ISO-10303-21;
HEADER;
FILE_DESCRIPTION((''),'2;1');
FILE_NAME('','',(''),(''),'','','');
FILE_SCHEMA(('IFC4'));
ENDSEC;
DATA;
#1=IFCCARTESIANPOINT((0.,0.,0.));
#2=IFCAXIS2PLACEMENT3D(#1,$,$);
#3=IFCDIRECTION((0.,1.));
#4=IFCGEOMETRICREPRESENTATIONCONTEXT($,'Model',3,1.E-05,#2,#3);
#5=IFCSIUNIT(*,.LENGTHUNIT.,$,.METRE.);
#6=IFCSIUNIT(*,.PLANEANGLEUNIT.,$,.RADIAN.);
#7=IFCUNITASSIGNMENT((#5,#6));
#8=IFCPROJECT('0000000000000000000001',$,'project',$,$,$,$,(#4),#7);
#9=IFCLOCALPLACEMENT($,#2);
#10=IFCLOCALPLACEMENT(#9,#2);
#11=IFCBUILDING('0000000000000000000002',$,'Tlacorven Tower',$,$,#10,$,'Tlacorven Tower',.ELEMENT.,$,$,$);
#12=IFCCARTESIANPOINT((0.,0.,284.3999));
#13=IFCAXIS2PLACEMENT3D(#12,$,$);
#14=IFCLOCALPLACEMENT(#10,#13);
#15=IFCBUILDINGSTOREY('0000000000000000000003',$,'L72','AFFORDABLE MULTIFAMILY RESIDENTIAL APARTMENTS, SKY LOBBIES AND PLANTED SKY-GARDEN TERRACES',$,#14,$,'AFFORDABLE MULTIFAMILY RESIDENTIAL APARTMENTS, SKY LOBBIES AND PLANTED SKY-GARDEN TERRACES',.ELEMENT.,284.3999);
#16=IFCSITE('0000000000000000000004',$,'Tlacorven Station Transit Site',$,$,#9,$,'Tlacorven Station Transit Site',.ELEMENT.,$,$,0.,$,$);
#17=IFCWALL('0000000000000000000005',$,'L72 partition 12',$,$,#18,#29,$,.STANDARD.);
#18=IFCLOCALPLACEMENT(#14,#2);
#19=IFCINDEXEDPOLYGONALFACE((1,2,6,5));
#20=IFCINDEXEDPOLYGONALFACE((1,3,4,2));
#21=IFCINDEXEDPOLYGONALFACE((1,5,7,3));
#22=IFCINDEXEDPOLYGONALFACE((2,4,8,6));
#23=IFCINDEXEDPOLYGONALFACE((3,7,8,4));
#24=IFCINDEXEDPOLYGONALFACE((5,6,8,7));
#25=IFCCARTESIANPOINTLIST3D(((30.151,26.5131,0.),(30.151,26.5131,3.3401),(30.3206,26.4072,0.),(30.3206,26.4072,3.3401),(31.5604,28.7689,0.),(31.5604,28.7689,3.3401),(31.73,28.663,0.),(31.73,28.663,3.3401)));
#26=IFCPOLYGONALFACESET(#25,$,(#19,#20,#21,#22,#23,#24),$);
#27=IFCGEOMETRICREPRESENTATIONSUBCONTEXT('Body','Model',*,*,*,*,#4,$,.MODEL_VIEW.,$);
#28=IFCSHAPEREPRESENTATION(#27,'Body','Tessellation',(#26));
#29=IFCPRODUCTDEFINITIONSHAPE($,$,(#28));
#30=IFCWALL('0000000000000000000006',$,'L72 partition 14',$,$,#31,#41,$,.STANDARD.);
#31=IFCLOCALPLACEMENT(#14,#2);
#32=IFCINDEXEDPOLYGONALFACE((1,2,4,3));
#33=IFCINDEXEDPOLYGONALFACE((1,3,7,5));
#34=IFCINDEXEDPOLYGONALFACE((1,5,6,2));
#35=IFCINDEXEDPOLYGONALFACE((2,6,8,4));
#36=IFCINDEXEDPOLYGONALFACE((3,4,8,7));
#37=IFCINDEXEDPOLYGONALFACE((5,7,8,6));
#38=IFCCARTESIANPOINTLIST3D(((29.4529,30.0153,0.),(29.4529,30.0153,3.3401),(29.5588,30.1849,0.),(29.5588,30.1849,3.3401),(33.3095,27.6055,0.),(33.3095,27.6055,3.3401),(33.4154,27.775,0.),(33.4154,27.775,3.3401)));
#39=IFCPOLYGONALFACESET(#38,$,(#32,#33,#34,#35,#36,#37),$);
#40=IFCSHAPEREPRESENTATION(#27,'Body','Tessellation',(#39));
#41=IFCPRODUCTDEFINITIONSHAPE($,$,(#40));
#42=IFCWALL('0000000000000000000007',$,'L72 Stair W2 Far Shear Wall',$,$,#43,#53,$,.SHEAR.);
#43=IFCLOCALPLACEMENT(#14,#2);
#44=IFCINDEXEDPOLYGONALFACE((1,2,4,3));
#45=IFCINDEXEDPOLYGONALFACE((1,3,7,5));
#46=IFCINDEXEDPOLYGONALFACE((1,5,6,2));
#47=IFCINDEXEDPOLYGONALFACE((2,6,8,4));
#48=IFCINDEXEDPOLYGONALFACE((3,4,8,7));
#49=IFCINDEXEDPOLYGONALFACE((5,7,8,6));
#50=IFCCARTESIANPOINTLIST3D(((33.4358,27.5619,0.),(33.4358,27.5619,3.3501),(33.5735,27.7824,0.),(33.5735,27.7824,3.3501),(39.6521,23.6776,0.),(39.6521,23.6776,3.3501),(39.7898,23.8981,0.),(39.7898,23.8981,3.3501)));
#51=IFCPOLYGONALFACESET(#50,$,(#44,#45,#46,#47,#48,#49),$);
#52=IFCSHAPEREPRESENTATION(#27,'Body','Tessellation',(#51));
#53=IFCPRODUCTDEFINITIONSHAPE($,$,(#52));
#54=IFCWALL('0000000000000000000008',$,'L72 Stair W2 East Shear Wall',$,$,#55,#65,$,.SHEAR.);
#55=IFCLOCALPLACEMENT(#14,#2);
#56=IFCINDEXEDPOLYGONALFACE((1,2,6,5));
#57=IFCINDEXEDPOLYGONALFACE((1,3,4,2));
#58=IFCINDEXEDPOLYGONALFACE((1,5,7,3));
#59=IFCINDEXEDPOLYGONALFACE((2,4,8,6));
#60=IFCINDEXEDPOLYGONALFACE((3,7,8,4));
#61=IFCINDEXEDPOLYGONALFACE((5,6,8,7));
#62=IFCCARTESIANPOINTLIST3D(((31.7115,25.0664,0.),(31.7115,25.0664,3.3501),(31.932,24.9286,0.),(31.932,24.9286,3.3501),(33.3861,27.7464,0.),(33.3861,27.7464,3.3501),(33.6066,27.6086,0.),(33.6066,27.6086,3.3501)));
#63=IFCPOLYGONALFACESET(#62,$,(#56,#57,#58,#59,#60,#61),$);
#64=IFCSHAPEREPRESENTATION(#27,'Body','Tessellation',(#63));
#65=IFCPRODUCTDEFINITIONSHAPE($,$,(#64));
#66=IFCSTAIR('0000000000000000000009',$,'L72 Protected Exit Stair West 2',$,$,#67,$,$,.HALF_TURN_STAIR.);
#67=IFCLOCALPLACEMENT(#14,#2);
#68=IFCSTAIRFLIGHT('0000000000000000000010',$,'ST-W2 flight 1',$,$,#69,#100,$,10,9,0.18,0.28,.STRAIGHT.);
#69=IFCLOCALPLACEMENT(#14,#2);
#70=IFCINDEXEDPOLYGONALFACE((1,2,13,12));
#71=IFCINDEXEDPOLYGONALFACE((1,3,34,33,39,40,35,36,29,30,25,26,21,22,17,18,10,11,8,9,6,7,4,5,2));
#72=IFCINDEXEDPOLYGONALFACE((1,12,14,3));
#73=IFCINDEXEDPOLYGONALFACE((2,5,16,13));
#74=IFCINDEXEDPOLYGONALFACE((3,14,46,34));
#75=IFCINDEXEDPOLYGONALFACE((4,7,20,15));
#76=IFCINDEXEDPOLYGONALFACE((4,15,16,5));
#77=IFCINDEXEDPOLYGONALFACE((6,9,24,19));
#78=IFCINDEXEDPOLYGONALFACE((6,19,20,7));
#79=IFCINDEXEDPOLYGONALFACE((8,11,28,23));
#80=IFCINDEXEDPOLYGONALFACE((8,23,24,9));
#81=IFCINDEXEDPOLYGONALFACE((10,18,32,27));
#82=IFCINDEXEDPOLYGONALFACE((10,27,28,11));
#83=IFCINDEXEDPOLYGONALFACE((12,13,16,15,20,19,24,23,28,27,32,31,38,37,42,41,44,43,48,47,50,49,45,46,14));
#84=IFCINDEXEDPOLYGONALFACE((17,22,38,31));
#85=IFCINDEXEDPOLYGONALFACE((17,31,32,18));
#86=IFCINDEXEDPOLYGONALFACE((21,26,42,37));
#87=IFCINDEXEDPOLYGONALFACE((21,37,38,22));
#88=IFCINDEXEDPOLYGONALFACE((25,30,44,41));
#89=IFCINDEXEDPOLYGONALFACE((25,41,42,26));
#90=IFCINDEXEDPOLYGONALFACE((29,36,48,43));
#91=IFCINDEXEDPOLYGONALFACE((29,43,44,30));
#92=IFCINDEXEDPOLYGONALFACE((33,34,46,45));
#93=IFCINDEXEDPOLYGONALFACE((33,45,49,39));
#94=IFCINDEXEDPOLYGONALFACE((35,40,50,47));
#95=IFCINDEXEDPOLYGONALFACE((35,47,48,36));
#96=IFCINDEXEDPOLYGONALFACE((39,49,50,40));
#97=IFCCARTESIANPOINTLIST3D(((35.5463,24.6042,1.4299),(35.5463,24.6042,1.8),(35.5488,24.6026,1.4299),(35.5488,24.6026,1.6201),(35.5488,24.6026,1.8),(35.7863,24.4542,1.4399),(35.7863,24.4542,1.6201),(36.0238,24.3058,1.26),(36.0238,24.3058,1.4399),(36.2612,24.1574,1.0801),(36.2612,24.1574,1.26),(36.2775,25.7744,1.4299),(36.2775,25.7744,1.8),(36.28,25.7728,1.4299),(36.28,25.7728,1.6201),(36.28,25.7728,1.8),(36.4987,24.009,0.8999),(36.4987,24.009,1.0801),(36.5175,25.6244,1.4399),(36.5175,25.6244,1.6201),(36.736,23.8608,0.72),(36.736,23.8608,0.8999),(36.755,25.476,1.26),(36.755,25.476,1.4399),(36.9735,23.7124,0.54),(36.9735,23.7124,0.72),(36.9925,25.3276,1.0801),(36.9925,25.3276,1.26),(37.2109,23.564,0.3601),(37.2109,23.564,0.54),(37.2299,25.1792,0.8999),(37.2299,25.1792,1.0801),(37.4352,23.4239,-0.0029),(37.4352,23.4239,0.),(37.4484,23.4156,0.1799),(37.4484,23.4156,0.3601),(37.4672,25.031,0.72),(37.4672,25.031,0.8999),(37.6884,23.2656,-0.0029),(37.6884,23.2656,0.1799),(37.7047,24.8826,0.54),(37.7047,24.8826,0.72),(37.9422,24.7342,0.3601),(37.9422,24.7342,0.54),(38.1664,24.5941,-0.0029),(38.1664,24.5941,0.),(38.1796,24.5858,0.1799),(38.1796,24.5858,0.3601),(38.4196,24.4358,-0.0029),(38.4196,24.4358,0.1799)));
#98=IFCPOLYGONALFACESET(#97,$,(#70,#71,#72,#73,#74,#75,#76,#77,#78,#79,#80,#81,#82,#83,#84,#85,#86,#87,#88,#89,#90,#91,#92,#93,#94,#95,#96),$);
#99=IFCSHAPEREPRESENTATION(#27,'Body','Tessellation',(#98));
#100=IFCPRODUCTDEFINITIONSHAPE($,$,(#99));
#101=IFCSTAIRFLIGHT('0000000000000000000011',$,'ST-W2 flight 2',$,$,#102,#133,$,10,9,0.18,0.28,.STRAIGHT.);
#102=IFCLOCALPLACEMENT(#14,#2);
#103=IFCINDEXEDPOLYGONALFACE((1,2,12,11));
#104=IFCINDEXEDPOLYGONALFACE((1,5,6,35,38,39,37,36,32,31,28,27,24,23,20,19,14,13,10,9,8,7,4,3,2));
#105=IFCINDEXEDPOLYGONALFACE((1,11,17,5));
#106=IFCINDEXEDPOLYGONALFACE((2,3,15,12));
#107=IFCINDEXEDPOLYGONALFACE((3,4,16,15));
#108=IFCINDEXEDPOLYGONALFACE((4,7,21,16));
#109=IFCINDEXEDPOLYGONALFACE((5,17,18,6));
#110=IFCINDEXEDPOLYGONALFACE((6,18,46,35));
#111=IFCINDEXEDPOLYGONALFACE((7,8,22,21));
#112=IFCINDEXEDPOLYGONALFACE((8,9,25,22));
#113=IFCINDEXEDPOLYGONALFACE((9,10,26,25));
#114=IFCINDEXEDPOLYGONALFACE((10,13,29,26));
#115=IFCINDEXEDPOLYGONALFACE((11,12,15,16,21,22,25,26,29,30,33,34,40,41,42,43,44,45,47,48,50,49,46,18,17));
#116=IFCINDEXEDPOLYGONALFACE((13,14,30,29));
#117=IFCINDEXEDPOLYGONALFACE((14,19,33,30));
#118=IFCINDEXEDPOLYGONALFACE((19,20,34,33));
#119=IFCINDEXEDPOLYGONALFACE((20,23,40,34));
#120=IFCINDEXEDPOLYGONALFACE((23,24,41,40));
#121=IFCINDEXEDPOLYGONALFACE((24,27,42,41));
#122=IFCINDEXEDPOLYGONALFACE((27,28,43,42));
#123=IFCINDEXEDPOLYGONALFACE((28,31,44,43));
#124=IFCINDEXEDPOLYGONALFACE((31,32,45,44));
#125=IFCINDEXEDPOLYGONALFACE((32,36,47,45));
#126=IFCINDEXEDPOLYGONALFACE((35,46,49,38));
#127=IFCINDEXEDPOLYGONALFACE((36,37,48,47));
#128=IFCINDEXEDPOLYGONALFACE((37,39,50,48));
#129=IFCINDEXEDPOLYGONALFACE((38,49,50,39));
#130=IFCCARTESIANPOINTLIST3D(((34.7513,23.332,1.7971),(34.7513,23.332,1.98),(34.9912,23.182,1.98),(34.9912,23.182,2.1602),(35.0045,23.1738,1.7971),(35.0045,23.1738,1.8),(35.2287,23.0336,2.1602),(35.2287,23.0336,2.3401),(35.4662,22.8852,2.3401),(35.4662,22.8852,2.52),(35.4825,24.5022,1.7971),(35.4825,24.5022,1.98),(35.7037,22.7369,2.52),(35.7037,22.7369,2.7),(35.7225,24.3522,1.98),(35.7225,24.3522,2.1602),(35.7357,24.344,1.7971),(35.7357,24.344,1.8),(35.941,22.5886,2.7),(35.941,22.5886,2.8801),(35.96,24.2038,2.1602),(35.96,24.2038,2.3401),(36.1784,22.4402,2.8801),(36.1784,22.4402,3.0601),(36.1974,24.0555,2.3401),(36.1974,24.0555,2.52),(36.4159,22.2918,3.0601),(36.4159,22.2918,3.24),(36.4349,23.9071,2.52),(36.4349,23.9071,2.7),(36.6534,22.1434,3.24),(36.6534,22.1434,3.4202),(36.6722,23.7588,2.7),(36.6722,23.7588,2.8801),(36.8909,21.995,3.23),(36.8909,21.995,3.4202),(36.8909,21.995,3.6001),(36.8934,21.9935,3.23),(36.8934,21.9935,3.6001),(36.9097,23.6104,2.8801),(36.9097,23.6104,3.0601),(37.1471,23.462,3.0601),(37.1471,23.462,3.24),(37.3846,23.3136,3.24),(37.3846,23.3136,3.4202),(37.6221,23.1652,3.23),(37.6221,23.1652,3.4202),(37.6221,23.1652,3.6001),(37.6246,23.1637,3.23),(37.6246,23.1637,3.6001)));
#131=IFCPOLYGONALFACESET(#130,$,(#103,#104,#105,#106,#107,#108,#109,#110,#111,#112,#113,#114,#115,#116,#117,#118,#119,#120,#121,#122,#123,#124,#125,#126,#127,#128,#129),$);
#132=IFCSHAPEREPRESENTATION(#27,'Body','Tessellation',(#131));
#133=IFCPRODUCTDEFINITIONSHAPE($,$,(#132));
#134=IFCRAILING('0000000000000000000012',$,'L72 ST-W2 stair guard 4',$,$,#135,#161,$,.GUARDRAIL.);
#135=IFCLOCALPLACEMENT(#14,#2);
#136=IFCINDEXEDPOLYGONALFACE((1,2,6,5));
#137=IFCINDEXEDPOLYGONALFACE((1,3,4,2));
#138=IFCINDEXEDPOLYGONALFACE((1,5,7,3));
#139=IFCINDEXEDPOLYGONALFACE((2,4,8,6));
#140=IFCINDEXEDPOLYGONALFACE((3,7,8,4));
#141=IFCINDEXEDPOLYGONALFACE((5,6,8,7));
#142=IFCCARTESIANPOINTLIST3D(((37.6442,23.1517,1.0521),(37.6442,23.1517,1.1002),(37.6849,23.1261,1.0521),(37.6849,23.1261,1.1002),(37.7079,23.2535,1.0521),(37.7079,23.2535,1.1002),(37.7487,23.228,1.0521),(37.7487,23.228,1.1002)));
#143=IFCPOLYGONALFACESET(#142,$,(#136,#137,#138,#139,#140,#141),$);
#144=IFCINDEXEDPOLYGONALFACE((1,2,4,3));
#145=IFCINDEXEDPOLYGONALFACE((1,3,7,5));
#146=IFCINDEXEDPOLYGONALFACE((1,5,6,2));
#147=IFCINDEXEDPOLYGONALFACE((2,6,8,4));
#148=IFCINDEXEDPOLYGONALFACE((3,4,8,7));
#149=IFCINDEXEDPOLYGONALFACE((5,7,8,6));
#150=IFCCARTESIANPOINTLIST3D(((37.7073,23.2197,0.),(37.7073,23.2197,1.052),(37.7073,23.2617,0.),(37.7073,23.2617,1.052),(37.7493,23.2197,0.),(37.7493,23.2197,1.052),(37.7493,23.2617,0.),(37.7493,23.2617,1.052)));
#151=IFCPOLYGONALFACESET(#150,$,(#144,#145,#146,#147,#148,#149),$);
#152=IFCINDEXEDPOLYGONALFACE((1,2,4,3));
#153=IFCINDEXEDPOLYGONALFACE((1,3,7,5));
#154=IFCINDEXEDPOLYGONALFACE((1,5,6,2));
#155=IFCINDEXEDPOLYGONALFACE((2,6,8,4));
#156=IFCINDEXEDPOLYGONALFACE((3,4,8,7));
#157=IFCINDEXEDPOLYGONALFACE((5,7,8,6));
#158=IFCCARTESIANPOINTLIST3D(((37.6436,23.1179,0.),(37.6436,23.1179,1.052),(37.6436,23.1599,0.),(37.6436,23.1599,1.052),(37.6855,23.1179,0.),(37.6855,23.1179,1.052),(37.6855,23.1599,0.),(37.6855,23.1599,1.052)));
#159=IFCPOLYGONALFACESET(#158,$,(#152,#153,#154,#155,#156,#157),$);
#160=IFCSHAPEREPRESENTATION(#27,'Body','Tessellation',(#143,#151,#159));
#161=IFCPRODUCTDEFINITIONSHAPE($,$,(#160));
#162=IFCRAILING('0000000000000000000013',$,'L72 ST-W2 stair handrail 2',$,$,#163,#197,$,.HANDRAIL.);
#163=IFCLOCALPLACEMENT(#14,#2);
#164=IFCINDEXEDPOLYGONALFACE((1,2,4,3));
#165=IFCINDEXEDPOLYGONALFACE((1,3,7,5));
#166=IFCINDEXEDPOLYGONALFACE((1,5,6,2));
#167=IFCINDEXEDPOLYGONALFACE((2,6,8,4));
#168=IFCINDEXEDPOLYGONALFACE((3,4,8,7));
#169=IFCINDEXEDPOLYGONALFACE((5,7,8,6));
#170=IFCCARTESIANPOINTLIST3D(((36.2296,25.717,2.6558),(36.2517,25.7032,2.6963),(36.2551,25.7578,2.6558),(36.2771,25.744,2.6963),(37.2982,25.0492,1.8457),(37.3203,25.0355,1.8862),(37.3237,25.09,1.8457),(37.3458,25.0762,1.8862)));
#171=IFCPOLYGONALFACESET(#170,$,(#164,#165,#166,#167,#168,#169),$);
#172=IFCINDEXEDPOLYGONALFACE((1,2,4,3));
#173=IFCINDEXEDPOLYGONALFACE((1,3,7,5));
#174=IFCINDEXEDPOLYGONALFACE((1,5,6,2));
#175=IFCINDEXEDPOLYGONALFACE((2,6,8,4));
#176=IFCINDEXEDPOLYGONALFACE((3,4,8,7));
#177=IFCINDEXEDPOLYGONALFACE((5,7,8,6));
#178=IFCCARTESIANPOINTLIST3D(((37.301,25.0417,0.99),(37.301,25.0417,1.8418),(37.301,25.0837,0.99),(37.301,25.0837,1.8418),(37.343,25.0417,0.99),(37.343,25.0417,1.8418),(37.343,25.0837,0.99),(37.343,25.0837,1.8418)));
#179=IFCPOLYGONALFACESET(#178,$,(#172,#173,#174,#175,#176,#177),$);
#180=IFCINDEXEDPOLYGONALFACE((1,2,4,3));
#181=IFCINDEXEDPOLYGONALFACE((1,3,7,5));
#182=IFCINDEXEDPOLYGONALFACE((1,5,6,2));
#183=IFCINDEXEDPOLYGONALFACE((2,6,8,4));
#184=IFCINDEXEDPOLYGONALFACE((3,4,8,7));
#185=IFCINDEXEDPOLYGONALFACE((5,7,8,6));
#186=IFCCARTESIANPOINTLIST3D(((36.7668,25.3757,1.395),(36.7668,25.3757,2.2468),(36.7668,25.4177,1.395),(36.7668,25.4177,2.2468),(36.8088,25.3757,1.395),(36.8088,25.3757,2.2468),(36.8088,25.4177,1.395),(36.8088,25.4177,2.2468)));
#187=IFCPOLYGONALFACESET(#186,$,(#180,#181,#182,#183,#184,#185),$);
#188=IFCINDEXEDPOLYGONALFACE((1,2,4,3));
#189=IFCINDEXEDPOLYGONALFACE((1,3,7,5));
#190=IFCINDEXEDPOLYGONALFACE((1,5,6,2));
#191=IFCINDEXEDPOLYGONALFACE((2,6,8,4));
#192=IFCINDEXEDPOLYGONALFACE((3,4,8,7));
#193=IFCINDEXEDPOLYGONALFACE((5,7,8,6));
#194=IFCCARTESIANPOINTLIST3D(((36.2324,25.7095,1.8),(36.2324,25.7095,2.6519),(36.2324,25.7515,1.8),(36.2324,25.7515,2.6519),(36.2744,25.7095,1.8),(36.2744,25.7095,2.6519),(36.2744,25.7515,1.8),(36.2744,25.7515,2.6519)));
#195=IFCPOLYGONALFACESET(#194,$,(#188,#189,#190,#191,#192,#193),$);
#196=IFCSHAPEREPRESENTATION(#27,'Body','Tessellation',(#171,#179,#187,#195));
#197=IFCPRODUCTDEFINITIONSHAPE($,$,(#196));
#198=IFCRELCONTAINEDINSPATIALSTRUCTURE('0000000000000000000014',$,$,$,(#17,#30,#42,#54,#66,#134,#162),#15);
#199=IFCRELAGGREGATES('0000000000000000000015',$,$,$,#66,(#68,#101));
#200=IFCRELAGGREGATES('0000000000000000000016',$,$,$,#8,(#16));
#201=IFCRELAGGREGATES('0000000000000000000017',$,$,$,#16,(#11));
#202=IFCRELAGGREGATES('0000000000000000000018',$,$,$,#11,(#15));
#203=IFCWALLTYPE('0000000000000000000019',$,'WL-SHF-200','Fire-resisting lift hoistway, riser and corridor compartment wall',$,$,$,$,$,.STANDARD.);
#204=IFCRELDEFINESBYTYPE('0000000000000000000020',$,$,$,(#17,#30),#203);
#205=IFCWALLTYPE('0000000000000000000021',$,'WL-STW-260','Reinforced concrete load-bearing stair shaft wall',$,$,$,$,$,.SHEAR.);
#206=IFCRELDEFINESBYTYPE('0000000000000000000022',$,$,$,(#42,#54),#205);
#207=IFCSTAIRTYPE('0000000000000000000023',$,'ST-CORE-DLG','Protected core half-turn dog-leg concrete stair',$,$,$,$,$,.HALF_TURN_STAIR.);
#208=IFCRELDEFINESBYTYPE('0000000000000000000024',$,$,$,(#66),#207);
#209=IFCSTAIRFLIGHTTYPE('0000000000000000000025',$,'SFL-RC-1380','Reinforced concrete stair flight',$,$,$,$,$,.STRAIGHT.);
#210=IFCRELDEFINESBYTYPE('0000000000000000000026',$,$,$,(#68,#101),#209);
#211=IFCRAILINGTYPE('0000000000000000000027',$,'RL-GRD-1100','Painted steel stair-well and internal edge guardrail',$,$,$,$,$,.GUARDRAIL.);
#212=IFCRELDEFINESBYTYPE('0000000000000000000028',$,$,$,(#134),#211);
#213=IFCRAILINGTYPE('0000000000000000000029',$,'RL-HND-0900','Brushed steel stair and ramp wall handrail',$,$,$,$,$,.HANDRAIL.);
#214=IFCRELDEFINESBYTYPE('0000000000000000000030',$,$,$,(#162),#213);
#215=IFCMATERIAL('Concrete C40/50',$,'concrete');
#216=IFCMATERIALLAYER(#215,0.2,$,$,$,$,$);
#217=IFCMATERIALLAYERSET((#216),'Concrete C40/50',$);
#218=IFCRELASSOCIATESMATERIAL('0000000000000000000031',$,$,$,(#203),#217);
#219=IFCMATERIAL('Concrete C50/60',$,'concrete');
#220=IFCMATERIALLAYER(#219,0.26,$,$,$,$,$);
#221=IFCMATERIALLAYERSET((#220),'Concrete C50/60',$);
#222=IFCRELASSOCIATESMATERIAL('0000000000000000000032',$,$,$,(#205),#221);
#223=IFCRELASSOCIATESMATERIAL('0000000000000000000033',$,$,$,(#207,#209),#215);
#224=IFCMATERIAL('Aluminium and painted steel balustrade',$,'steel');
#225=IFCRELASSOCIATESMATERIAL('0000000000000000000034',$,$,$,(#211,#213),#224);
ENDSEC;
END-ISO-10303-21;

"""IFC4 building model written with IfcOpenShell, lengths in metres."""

from ifc_helpers import new_model, si_unit, direction, frame, frame_2d, origin, origin_2d, place, context, subcontext, project, spatial, polyline, rectangle, outline, extrude, source, transform, mapped, material, layer, layer_set, type_object, element, aggregate, save


model = new_model("IFC4")

# Units and contexts
model_context = context("Model", 3, precision=1e-05, world=origin(), true_north=direction((0.0, 1.0)))
body_context = subcontext(model_context, "Body", "Model", "MODEL_VIEW")
ifc_project = project(units=[si_unit("LENGTHUNIT", "METRE"), si_unit("PLANEANGLEUNIT", "RADIAN")], contexts=[model_context])

# Site, building, storey
site_placement = place(None, origin())
site = spatial("IfcSite", under=ifc_project, at=site_placement, Name="Tlacorven Station Transit Site", LongName="Tlacorven Station Transit Site", CompositionType="ELEMENT", RefElevation=0.0)
building_placement = place(site_placement, origin())
building = spatial("IfcBuilding", under=site, at=building_placement, Name="Tlacorven Tower", LongName="Tlacorven Tower", CompositionType="ELEMENT")
storey_placement = place(building_placement, frame((0.0, 0.0, 284.3999)))
storey = spatial("IfcBuildingStorey", under=building, at=storey_placement, Name="L72", Description="AFFORDABLE MULTIFAMILY RESIDENTIAL APARTMENTS, SKY LOBBIES AND PLANTED SKY-GARDEN TERRACES", LongName="AFFORDABLE MULTIFAMILY RESIDENTIAL APARTMENTS, SKY LOBBIES AND PLANTED SKY-GARDEN TERRACES", CompositionType="ELEMENT", Elevation=284.3999)

# Shared definitions
ifc_material_1 = material(Name="Concrete C40/50", Category="concrete")
ifc_layer_1 = layer(ifc_material_1, 0.2)
ifc_layer_set_1 = layer_set([ifc_layer_1], Name="Concrete C40/50")
wall_type_1 = type_object("IfcWallType", Name="WL-SHF-200", Description="Fire-resisting lift hoistway, riser and corridor compartment wall", PredefinedType="STANDARD", material=ifc_layer_set_1)

# Walls
wall_1_placement = place(storey_placement, frame((31.6453, 28.7161, 0.0), z_axis=(0.0, 0.0, 1.0), x_axis=(-0.529867, -0.848081, 0.0)))
element("IfcWall", 1, at=wall_1_placement, inside=storey, type_object=wall_type_1, Name="L72 partition 12", PredefinedType="STANDARD", context=body_context, shape_type="SweptSolid", body=[
    extrude(rectangle(XDim=2.6599, YDim=0.2, at=frame_2d((1.3301, 0.0))), origin(), (0.0, 0.0, 1.0), 3.3401),
])
wall_2_placement = place(storey_placement, frame((33.3625, 27.6902, 0.0), z_axis=(0.0, 0.0, 1.0), x_axis=(-0.84805, 0.529917, 0.0)))
element("IfcWall", 2, at=wall_2_placement, inside=storey, type_object=wall_type_1, Name="L72 partition 14", PredefinedType="STANDARD", context=body_context, shape_type="SweptSolid", body=[
    extrude(rectangle(XDim=4.5476, YDim=0.2, at=frame_2d((2.2739, 0.0))), origin(), (0.0, 0.0, 1.0), 3.3401),
])
ifc_material_2 = material(Name="Concrete C50/60", Category="concrete")
ifc_layer_2 = layer(ifc_material_2, 0.26)
ifc_layer_set_2 = layer_set([ifc_layer_2], Name="Concrete C50/60")
wall_type_2 = type_object("IfcWallType", Name="WL-STW-260", Description="Reinforced concrete load-bearing stair shaft wall", PredefinedType="SHEAR", material=ifc_layer_set_2)
wall_3_placement = place(storey_placement, frame((39.7209, 23.7878, 0.0), z_axis=(0.0, 0.0, 1.0), x_axis=(-0.848054, 0.529909, 0.0)))
element("IfcWall", 3, at=wall_3_placement, inside=storey, type_object=wall_type_2, Name="L72 Stair W2 Far Shear Wall", PredefinedType="SHEAR", context=body_context, shape_type="SweptSolid", body=[
    extrude(rectangle(XDim=7.3301, YDim=0.26, at=frame_2d((3.665, 0.0))), origin(), (0.0, 0.0, 1.0), 3.3501),
])
wall_4_placement = place(storey_placement, frame((33.4963, 27.6775, 0.0), z_axis=(0.0, 0.0, 1.0), x_axis=(-0.529909, -0.848055, 0.0)))
element("IfcWall", 4, at=wall_4_placement, inside=storey, type_object=wall_type_2, Name="L72 Stair W2 East Shear Wall", PredefinedType="SHEAR", context=body_context, shape_type="SweptSolid", body=[
    extrude(rectangle(XDim=3.1602, YDim=0.26, at=frame_2d((1.5801, 0.0))), origin(), (0.0, 0.0, 1.0), 3.3501),
])

# Stair, stair flights
stair_type = type_object("IfcStairType", Name="ST-CORE-DLG", Description="Protected core half-turn dog-leg concrete stair", PredefinedType="HALF_TURN_STAIR", material=ifc_material_1)
stair_placement = place(storey_placement, origin())
stair = element("IfcStair", 5, at=stair_placement, inside=storey, type_object=stair_type, Name="L72 Protected Exit Stair West 2", PredefinedType="HALF_TURN_STAIR")
stair_flight_type = type_object("IfcStairFlightType", Name="SFL-RC-1380", Description="Reinforced concrete stair flight", PredefinedType="STRAIGHT", material=ifc_material_1)
shared_shape_1 = source(origin(), body_context, "Body", "SweptSolid", [
    extrude(outline(polyline([(-0.0029, -0.0029), (-0.0029, 0.1799), (0.28, 0.1799), (0.28, 0.3601), (0.5601, 0.3601), (0.5601, 0.54), (0.8401, 0.54), (0.8401, 0.72), (1.1201, 0.72), (1.1201, 0.8999), (1.3999, 0.8999), (1.3999, 1.0801), (1.6799, 1.0801), (1.6799, 1.26), (1.96, 1.26), (1.96, 1.4399), (2.24, 1.4399), (2.24, 1.6201), (2.52, 1.6201), (2.52, 1.8), (2.5229, 1.8), (2.5229, 1.4299), (2.52, 1.4299), (0.2957, 0.0), (0.2957, -0.0029), (-0.0029, -0.0029)])), frame((0.0, 0.6899, 0.0), z_axis=(0.0, -1.0, 0.0), x_axis=(1.0, 0.0, 0.0)), (0.0, 0.0, 1.0), 1.3799),
])
stair_flight_1_placement = place(storey_placement, frame((38.0515, 23.8523, 0.0), z_axis=(0.0, 0.0, 1.0), x_axis=(-0.848048, 0.529919, 0.0)))
stair_flight_1 = element("IfcStairFlight", 6, at=stair_flight_1_placement, type_object=stair_flight_type, Name="ST-W2 flight 1", NumberOfRisers=10, NumberOfTreads=9, PredefinedType="STRAIGHT", RiserHeight=0.18, TreadLength=0.28, context=body_context, shape_type="MappedRepresentation", body=[
    mapped(shared_shape_1, transform((0.0, 0.0, 0.0), scale=1.0)),
])
stair_flight_2_placement = place(storey_placement, frame((35.1194, 23.9155, 1.8), z_axis=(0.0, 0.0, 1.0), x_axis=(0.848048, -0.529919, 0.0)))
stair_flight_2 = element("IfcStairFlight", 7, at=stair_flight_2_placement, type_object=stair_flight_type, Name="ST-W2 flight 2", NumberOfRisers=10, NumberOfTreads=9, PredefinedType="STRAIGHT", RiserHeight=0.18, TreadLength=0.28, context=body_context, shape_type="MappedRepresentation", body=[
    mapped(shared_shape_1, transform((0.0, 0.0, 0.0), scale=1.0)),
])
aggregate(stair, [stair_flight_1, stair_flight_2])

# Railings
ifc_material_3 = material(Name="Aluminium and painted steel balustrade", Category="steel")
railing_type_1 = type_object("IfcRailingType", Name="RL-GRD-1100", Description="Painted steel stair-well and internal edge guardrail", PredefinedType="GUARDRAIL", material=ifc_material_3)
shared_shape_2 = source(origin(), body_context, "Body", "SweptSolid", [
    extrude(rectangle(XDim=0.0481, YDim=0.0481, at=origin_2d()), frame((0.0, 0.0, 1.0762), z_axis=(-0.530547, -0.847656, 0.0), x_axis=(0.847656, -0.530547, 0.0)), (0.0, 0.0, 1.0), 0.1201),
    extrude(rectangle(XDim=0.042, YDim=0.042, at=origin_2d()), origin(), (0.0, 0.0, 1.0), 1.052),
    extrude(rectangle(XDim=0.042, YDim=0.042, at=origin_2d()), frame((-0.0637, -0.1018, 0.0)), (0.0, 0.0, 1.0), 1.052),
])
railing_1_placement = place(storey_placement, frame((37.7283, 23.2407, 0.0)))
element("IfcRailing", 8, at=railing_1_placement, inside=storey, type_object=railing_type_1, Name="L72 ST-W2 stair guard 4", PredefinedType="GUARDRAIL", context=body_context, shape_type="MappedRepresentation", body=[
    mapped(shared_shape_2, transform((0.0, 0.0, 0.0), scale=1.0)),
])
railing_type_2 = type_object("IfcRailingType", Name="RL-HND-0900", Description="Brushed steel stair and ramp wall handrail", PredefinedType="HANDRAIL", material=ifc_material_3)
shared_shape_3 = source(origin(), body_context, "Body", "SweptSolid", [
    extrude(rectangle(XDim=0.0481, YDim=0.0481, at=origin_2d()), frame((0.0, 0.0, 0.876), z_axis=(-0.71336, 0.445748, 0.540765), x_axis=(-0.529912, -0.848053, 0.0)), (0.0, 0.0, 1.0), 1.498),
    extrude(rectangle(XDim=0.042, YDim=0.042, at=origin_2d()), origin(), (0.0, 0.0, 1.0), 0.8518),
    extrude(rectangle(XDim=0.042, YDim=0.042, at=origin_2d()), frame((-0.5342, 0.334, 0.405)), (0.0, 0.0, 1.0), 0.8518),
    extrude(rectangle(XDim=0.042, YDim=0.042, at=origin_2d()), frame((-1.0686, 0.6677, 0.8101)), (0.0, 0.0, 1.0), 0.8518),
])
railing_2_placement = place(storey_placement, frame((37.322, 25.0627, 0.99)))
element("IfcRailing", 9, at=railing_2_placement, inside=storey, type_object=railing_type_2, Name="L72 ST-W2 stair handrail 2", PredefinedType="HANDRAIL", context=body_context, shape_type="MappedRepresentation", body=[
    mapped(shared_shape_3, transform((0.0, 0.0, 0.0), scale=1.0)),
])

save(model, "model.ifc")
